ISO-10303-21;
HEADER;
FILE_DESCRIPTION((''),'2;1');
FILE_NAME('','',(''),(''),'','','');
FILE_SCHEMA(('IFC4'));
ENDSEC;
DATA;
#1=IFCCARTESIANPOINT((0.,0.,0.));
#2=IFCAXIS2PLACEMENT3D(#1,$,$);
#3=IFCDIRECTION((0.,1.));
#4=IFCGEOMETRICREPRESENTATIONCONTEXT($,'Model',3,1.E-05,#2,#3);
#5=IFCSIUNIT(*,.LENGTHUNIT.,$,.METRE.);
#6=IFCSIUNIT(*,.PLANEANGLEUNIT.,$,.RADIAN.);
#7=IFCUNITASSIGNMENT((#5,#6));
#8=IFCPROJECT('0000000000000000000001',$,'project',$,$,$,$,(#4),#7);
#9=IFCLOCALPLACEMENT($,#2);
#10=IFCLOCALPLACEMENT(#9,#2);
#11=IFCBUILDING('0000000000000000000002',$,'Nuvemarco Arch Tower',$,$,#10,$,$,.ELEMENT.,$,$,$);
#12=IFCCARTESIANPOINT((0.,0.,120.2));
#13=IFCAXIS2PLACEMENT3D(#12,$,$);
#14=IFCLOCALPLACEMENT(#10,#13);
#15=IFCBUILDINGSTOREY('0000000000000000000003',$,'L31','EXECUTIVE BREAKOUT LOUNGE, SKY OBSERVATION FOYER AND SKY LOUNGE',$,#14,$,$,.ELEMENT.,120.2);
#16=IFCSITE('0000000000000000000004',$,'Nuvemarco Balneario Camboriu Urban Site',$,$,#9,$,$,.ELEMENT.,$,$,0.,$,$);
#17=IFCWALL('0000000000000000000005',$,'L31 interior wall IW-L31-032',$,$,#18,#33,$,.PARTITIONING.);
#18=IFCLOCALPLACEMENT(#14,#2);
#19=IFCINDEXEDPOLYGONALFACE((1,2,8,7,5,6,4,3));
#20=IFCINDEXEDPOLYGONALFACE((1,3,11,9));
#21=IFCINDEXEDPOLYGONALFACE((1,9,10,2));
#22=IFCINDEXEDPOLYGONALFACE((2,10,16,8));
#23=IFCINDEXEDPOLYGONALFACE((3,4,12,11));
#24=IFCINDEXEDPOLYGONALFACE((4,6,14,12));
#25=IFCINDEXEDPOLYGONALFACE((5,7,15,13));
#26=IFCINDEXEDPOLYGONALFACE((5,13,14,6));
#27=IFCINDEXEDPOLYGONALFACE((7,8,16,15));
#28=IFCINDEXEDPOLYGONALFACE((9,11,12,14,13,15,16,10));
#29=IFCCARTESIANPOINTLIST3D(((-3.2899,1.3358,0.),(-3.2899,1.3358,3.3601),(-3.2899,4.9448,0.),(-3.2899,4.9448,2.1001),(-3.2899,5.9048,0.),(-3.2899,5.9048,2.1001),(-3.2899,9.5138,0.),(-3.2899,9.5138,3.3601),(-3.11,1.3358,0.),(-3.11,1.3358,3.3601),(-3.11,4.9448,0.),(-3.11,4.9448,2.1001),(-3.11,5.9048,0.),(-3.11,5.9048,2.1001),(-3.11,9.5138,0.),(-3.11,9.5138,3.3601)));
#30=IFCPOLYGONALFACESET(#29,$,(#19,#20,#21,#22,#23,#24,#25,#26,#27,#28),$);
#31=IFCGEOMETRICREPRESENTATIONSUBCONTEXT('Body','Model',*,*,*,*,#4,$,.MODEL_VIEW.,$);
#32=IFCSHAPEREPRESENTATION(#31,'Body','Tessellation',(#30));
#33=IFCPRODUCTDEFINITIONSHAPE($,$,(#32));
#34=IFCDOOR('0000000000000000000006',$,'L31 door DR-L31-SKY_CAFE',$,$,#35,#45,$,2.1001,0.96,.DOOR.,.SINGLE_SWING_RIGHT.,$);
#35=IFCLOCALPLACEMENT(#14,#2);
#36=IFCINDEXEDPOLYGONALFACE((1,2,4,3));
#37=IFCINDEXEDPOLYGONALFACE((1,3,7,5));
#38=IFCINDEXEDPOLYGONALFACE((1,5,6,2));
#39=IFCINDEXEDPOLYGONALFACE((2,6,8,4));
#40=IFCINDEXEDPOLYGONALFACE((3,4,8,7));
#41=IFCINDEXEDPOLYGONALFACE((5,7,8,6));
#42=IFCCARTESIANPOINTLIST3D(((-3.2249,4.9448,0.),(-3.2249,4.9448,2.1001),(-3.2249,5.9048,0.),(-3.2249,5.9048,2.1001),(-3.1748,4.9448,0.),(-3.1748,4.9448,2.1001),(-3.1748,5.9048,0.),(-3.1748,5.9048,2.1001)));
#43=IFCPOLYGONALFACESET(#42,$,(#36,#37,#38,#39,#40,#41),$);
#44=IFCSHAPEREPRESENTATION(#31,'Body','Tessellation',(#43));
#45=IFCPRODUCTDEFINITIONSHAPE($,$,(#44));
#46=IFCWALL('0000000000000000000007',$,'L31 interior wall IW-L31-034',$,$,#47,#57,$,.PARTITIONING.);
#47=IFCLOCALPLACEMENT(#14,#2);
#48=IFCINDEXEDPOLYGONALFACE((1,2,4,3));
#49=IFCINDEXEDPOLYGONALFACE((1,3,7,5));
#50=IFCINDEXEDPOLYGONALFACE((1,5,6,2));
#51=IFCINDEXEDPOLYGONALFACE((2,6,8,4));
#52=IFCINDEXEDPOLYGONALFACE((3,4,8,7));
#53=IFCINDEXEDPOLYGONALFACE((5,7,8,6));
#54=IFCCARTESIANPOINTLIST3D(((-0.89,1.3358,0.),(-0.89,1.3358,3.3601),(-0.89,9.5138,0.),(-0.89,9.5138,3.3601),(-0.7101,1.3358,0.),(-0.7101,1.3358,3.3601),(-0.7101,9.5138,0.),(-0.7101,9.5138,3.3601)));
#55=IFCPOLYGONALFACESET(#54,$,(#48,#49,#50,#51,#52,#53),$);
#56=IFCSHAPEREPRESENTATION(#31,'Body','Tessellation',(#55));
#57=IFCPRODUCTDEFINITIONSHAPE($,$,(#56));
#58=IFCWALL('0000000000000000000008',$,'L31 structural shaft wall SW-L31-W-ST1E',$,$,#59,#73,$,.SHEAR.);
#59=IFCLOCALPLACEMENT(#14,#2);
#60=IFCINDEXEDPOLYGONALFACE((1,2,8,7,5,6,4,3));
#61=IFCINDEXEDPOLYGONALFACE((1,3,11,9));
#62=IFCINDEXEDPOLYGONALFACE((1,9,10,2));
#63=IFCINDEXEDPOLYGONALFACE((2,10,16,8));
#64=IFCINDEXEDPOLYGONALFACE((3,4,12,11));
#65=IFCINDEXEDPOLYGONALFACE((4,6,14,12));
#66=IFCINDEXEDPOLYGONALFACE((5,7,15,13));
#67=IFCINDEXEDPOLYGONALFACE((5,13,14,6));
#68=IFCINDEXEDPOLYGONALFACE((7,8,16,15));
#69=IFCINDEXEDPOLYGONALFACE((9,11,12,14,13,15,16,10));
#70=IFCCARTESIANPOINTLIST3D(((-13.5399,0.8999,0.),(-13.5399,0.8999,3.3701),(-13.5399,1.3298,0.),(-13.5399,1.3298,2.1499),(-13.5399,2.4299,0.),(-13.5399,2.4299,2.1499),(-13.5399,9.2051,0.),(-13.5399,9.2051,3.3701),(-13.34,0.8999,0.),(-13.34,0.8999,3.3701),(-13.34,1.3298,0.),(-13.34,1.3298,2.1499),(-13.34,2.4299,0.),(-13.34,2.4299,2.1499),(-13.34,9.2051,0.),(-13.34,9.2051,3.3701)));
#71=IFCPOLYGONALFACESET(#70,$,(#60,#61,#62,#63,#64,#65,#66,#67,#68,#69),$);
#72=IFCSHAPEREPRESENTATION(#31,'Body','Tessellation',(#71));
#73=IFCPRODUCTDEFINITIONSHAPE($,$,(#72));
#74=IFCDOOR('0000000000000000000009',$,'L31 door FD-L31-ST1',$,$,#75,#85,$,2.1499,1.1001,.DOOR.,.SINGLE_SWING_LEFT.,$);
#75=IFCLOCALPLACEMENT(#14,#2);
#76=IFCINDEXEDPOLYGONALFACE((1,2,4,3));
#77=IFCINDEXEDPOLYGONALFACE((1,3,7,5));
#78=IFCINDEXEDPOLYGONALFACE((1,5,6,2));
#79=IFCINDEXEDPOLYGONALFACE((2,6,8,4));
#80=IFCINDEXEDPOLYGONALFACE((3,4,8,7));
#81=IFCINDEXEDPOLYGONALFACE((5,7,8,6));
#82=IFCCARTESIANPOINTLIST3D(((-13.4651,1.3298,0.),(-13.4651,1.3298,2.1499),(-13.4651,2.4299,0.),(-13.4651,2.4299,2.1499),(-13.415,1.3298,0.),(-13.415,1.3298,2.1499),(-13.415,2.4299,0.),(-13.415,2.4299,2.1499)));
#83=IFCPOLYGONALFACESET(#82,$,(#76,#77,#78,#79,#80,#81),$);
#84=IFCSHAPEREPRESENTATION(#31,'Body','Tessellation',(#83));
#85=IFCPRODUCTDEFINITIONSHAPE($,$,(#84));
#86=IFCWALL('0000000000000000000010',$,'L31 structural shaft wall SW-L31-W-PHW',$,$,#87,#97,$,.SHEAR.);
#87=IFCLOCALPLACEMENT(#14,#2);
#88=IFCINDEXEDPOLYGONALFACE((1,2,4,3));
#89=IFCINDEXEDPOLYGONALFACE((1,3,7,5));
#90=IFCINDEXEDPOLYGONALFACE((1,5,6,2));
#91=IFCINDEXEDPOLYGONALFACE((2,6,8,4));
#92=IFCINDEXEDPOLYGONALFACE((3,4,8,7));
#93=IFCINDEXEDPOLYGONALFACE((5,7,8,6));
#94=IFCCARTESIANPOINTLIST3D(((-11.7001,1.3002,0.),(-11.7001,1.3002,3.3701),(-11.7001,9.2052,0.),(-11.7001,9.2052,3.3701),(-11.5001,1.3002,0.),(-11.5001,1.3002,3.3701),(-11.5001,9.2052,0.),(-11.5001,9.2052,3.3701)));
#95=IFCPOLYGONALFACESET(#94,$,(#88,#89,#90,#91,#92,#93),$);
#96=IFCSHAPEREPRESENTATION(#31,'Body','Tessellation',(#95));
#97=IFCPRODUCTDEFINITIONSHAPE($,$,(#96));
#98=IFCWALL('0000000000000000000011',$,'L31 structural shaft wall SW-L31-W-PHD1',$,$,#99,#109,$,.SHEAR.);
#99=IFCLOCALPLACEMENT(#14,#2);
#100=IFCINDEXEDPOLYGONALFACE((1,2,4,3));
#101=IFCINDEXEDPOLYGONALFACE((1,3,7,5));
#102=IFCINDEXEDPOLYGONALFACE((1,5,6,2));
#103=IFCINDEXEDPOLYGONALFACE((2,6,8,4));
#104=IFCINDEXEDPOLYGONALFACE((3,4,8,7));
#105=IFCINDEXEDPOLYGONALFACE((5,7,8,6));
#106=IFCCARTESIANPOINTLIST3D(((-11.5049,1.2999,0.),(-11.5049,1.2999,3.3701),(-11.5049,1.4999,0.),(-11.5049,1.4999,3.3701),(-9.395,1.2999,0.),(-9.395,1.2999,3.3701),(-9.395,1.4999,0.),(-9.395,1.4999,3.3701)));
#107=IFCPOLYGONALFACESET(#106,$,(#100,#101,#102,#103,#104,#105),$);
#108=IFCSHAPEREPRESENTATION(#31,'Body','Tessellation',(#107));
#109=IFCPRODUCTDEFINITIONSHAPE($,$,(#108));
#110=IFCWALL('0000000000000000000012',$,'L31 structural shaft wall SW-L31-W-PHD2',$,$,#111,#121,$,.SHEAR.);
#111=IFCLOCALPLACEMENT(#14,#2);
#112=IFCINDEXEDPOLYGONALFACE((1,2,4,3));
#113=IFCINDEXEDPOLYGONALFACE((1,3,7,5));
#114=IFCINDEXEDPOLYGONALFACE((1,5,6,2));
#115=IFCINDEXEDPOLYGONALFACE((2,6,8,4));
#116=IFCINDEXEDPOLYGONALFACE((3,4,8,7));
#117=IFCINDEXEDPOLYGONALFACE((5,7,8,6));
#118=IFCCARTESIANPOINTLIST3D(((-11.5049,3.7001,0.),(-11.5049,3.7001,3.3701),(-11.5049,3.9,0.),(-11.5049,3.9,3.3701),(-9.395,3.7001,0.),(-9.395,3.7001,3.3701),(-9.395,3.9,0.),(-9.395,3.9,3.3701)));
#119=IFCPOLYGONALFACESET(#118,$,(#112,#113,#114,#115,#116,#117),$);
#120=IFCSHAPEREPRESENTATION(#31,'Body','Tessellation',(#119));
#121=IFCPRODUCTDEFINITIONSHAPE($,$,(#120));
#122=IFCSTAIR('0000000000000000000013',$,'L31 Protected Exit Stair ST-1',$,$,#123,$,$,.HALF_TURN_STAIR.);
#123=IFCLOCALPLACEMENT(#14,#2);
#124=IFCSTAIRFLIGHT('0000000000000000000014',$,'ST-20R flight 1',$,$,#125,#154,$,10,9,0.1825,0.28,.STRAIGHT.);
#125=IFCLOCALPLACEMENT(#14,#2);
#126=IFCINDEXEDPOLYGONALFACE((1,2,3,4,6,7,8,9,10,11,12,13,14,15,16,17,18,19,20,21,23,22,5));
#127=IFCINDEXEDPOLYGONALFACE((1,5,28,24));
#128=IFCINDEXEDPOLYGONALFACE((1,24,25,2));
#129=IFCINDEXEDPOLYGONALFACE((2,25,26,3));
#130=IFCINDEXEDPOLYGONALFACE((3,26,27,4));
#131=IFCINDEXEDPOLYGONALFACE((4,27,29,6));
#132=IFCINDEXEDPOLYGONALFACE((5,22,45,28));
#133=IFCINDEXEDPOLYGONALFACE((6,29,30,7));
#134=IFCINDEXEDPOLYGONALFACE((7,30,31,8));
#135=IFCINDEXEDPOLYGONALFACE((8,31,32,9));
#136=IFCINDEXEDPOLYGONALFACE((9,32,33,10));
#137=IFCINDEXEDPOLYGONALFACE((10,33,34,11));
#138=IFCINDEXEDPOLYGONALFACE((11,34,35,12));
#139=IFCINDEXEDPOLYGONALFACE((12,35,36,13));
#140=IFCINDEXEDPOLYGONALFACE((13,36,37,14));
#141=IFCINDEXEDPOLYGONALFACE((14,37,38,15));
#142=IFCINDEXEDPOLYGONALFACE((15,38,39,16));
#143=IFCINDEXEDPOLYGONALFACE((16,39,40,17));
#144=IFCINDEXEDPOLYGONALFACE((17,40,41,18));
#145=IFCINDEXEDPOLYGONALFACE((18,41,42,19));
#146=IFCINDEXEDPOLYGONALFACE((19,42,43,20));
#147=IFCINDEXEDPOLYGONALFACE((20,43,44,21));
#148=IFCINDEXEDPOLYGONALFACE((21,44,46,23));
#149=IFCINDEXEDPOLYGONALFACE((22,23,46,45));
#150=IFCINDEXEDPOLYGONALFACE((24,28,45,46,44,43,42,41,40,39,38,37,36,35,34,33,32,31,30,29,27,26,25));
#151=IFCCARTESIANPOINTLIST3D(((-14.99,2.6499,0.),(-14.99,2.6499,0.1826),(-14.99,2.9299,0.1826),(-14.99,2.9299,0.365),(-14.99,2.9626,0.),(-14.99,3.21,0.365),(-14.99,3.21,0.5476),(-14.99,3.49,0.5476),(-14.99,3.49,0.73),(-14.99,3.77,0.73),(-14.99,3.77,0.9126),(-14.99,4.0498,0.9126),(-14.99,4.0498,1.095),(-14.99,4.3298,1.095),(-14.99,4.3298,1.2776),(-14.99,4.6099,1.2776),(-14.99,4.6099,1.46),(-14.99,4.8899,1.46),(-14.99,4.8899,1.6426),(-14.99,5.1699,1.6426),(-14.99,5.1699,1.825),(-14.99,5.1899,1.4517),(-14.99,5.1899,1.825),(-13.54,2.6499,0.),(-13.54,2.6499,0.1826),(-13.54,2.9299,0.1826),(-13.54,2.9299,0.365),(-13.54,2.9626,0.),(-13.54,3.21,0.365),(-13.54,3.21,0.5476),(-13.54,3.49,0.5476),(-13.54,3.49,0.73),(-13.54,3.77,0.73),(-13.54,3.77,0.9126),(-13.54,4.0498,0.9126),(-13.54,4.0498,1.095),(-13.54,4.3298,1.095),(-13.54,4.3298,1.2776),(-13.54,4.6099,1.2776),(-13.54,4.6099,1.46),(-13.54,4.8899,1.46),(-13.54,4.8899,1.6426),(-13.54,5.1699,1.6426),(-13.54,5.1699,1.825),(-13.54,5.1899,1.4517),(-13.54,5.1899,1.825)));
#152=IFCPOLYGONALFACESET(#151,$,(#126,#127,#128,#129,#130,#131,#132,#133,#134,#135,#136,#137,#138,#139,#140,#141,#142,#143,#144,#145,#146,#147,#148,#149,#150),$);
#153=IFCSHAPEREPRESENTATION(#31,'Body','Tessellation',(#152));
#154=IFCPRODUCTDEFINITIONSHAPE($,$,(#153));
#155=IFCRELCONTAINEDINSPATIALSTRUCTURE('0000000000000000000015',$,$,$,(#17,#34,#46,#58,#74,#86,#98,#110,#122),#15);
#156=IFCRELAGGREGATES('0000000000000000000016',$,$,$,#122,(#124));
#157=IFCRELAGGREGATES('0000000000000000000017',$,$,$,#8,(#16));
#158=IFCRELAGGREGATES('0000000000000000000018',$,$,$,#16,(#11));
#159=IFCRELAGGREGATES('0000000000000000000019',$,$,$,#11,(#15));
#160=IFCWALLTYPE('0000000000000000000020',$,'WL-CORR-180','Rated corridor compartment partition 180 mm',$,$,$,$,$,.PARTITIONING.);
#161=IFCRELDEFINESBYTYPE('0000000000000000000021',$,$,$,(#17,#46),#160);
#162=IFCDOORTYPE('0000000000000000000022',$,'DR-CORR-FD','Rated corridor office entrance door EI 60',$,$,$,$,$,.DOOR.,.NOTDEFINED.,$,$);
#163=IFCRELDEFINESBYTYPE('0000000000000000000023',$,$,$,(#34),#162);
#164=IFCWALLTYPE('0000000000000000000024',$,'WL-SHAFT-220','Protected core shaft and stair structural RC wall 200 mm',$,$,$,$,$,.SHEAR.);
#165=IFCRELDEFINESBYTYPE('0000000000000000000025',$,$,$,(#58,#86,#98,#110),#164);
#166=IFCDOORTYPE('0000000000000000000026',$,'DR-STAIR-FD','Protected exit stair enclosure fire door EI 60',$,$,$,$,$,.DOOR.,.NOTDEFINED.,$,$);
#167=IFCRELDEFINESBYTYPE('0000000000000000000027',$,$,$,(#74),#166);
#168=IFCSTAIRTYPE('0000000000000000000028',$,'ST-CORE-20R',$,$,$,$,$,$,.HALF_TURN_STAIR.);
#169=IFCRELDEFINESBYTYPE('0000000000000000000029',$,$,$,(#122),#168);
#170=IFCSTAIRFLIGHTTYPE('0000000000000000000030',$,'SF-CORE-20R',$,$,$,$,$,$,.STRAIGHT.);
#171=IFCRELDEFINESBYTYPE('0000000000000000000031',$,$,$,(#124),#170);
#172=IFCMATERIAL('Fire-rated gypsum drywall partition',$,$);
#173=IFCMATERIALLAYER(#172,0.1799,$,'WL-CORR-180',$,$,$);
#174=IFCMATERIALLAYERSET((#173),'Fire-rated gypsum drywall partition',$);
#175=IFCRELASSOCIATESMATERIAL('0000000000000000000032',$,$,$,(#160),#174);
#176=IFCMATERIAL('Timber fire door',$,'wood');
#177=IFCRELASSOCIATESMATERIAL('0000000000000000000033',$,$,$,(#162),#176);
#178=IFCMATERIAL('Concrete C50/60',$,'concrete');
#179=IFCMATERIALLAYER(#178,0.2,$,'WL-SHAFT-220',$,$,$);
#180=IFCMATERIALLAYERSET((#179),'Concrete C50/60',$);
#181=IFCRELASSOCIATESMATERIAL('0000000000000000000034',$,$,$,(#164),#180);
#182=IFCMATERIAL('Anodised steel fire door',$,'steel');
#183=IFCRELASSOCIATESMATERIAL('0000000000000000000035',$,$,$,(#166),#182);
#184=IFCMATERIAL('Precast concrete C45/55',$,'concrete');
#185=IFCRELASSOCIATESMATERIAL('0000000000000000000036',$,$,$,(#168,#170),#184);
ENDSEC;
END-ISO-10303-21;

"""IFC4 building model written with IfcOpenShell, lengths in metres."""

from ifc_helpers import new_model, si_unit, direction, frame, frame_2d, origin, place, context, subcontext, project, spatial, polyline, rectangle, outline, extrude, source, transform, mapped, material, layer, layer_set, type_object, type_shapes, element, fill, aggregate, save


model = new_model("IFC4")

# Units and contexts
model_context = context("Model", 3, precision=1e-05, world=origin(), true_north=direction((0.0, 1.0)))
body_context = subcontext(model_context, "Body", "Model", "MODEL_VIEW")
ifc_project = project(units=[si_unit("LENGTHUNIT", "METRE"), si_unit("PLANEANGLEUNIT", "RADIAN")], contexts=[model_context])

# Site, building, storey
site_placement = place(None, origin())
site = spatial("IfcSite", under=ifc_project, at=site_placement, Name="Nuvemarco Balneario Camboriu Urban Site", CompositionType="ELEMENT", RefElevation=0.0)
building_placement = place(site_placement, origin())
building = spatial("IfcBuilding", under=site, at=building_placement, Name="Nuvemarco Arch Tower", CompositionType="ELEMENT")
storey_placement = place(building_placement, frame((0.0, 0.0, 120.2)))
storey = spatial("IfcBuildingStorey", under=building, at=storey_placement, Name="L31", Description="EXECUTIVE BREAKOUT LOUNGE, SKY OBSERVATION FOYER AND SKY LOUNGE", CompositionType="ELEMENT", Elevation=120.2)

# Shared definitions
ifc_material_1 = material(Name="Concrete C50/60", Category="concrete")

# Shared definitions
ifc_material_2 = material(Name="Fire-rated gypsum drywall partition")
ifc_layer_1 = layer(ifc_material_2, 0.1799, Name="WL-CORR-180")
ifc_layer_set_1 = layer_set([ifc_layer_1], Name="Fire-rated gypsum drywall partition")
wall_type_1 = type_object("IfcWallType", Name="WL-CORR-180", Description="Rated corridor compartment partition 180 mm", PredefinedType="PARTITIONING", material=ifc_layer_set_1)

# Wall, opening, door
ifc_material_3 = material(Name="Timber fire door", Category="wood")
door_type_1 = type_object("IfcDoorType", Name="DR-CORR-FD", Description="Rated corridor office entrance door EI 60", OperationType="NOTDEFINED", PredefinedType="DOOR", material=ifc_material_3)
shared_shape_1 = source(origin(), body_context, "Body", "SweptSolid", [
    extrude(rectangle(XDim=0.96, YDim=2.1001, at=frame_2d((0.48, 1.05))), frame((0.0, 0.0249, 0.0), z_axis=(0.0, -1.0, 0.0), x_axis=(1.0, 0.0, 0.0)), (0.0, 0.0, 1.0), 0.05),
])
type_shapes(door_type_1, [shared_shape_1])
wall_1_placement = place(storey_placement, frame((-3.2, 1.3359, 0.0), z_axis=(0.0, 0.0, 1.0), x_axis=(0.0, 1.0, 0.0)))
wall_1 = element("IfcWall", 1, at=wall_1_placement, inside=storey, type_object=wall_type_1, Name="L31 interior wall IW-L31-032", PredefinedType="PARTITIONING", context=body_context, shape_type="SweptSolid", body=[
    extrude(rectangle(XDim=8.178, YDim=0.1799, at=frame_2d((4.0889, 0.0))), origin(), (0.0, 0.0, 1.0), 3.3601),
])
opening_1_placement = place(wall_1_placement, frame((3.6089, 0.0, 0.0)))
opening_1 = element("IfcOpeningElement", 2, at=opening_1_placement, cuts=wall_1, PredefinedType="OPENING", context=body_context, shape_type="SweptSolid", body=[
    extrude(rectangle(XDim=0.96, YDim=2.1001, at=frame_2d((0.48, 1.05))), frame((0.0, 0.0999, 0.0), z_axis=(0.0, -1.0, 0.0), x_axis=(1.0, 0.0, 0.0)), (0.0, 0.0, 1.0), 0.2),
])
door_1_placement = place(opening_1_placement, origin())
door_1 = element("IfcDoor", 3, at=door_1_placement, inside=storey, type_object=door_type_1, Name="L31 door DR-L31-SKY_CAFE", OperationType="SINGLE_SWING_RIGHT", OverallHeight=2.1001, OverallWidth=0.96, PredefinedType="DOOR", context=body_context, shape_type="MappedRepresentation", body=[
    mapped(shared_shape_1, transform((0.0, 0.0, 0.0), scale=1.0)),
])
fill(opening_1, door_1)

# Wall
wall_2_placement = place(storey_placement, frame((-0.8, 1.3359, 0.0), z_axis=(0.0, 0.0, 1.0), x_axis=(0.0, 1.0, 0.0)))
element("IfcWall", 4, at=wall_2_placement, inside=storey, type_object=wall_type_1, Name="L31 interior wall IW-L31-034", PredefinedType="PARTITIONING", context=body_context, shape_type="SweptSolid", body=[
    extrude(rectangle(XDim=8.178, YDim=0.1799, at=frame_2d((4.0889, 0.0))), origin(), (0.0, 0.0, 1.0), 3.3601),
])

# Wall, opening, door
ifc_layer_2 = layer(ifc_material_1, 0.2, Name="WL-SHAFT-220")
ifc_layer_set_2 = layer_set([ifc_layer_2], Name="Concrete C50/60")
wall_type_2 = type_object("IfcWallType", Name="WL-SHAFT-220", Description="Protected core shaft and stair structural RC wall 200 mm", PredefinedType="SHEAR", material=ifc_layer_set_2)
wall_3_placement = place(storey_placement, frame((-13.4399, 0.8999, 0.0), z_axis=(0.0, 0.0, 1.0), x_axis=(0.0, 1.0, 0.0)))
wall_3 = element("IfcWall", 5, at=wall_3_placement, inside=storey, type_object=wall_type_2, Name="L31 structural shaft wall SW-L31-W-ST1E", PredefinedType="SHEAR", context=body_context, shape_type="SweptSolid", body=[
    extrude(rectangle(XDim=8.3052, YDim=0.2, at=frame_2d((4.1526, 0.0))), origin(), (0.0, 0.0, 1.0), 3.3701),
])
opening_2_placement = place(wall_3_placement, frame((1.53, 0.0, 0.0), z_axis=(0.0, 0.0, 1.0), x_axis=(-1.0, 0.0, 0.0)))
opening_2 = element("IfcOpeningElement", 6, at=opening_2_placement, cuts=wall_3, PredefinedType="OPENING", context=body_context, shape_type="SweptSolid", body=[
    extrude(rectangle(XDim=1.1001, YDim=2.1499, at=frame_2d((0.55, 1.075))), frame((0.0, 0.1099, 0.0), z_axis=(0.0, -1.0, 0.0), x_axis=(1.0, 0.0, 0.0)), (0.0, 0.0, 1.0), 0.22),
])
ifc_material_4 = material(Name="Anodised steel fire door", Category="steel")
door_type_2 = type_object("IfcDoorType", Name="DR-STAIR-FD", Description="Protected exit stair enclosure fire door EI 60", OperationType="NOTDEFINED", PredefinedType="DOOR", material=ifc_material_4)
shared_shape_2 = source(origin(), body_context, "Body", "SweptSolid", [
    extrude(rectangle(XDim=1.1001, YDim=2.1499, at=frame_2d((0.55, 1.075))), frame((0.0, 0.0249, 0.0), z_axis=(0.0, -1.0, 0.0), x_axis=(1.0, 0.0, 0.0)), (0.0, 0.0, 1.0), 0.05),
])
type_shapes(door_type_2, [shared_shape_2])
door_2_placement = place(opening_2_placement, origin())
door_2 = element("IfcDoor", 7, at=door_2_placement, inside=storey, type_object=door_type_2, Name="L31 door FD-L31-ST1", OperationType="SINGLE_SWING_LEFT", OverallHeight=2.1499, OverallWidth=1.1001, PredefinedType="DOOR", context=body_context, shape_type="MappedRepresentation", body=[
    mapped(shared_shape_2, transform((0.0, 0.0, 0.0), scale=1.0)),
])
fill(opening_2, door_2)

# Walls
wall_4_placement = place(storey_placement, frame((-11.6001, 1.3, 0.0), z_axis=(0.0, 0.0, 1.0), x_axis=(0.0, 1.0, 0.0)))
element("IfcWall", 8, at=wall_4_placement, inside=storey, type_object=wall_type_2, Name="L31 structural shaft wall SW-L31-W-PHW", PredefinedType="SHEAR", context=body_context, shape_type="SweptSolid", body=[
    extrude(rectangle(XDim=7.905, YDim=0.2, at=frame_2d((3.9526, 0.0))), origin(), (0.0, 0.0, 1.0), 3.3701),
])
for number, where, z_axis, x_axis, name in (
    (9, (-11.5049, 1.3999, 0.0), (0.0, 0.0, 1.0), (1.0, 0.0, 0.0), "L31 structural shaft wall SW-L31-W-PHD1"),
    (10, (-11.5049, 3.8, 0.0), (0.0, 0.0, 1.0), (1.0, 0.0, 0.0), "L31 structural shaft wall SW-L31-W-PHD2"),
):
    element("IfcWall", number, at=place(storey_placement, frame(where, z_axis=z_axis, x_axis=x_axis)), inside=storey, type_object=wall_type_2, Name=name, PredefinedType="SHEAR", context=body_context, shape_type="SweptSolid", body=[
        extrude(rectangle(XDim=2.1099, YDim=0.2, at=frame_2d((1.0549, 0.0))), origin(), (0.0, 0.0, 1.0), 3.3701),
    ])

# Stair, stair flight
ifc_material_5 = material(Name="Precast concrete C45/55", Category="concrete")
stair_type = type_object("IfcStairType", Name="ST-CORE-20R", PredefinedType="HALF_TURN_STAIR", material=ifc_material_5)
stair_placement = place(storey_placement, origin())
stair = element("IfcStair", 11, at=stair_placement, inside=storey, type_object=stair_type, Name="L31 Protected Exit Stair ST-1", PredefinedType="HALF_TURN_STAIR")
stair_flight_type = type_object("IfcStairFlightType", Name="SF-CORE-20R", PredefinedType="STRAIGHT", material=ifc_material_5)
stair_flight_1_placement = place(storey_placement, frame((-14.2649, 2.6499, 0.0), z_axis=(0.0, 0.0, 1.0), x_axis=(0.0, 1.0, 0.0)))
stair_flight_1 = element("IfcStairFlight", 12, at=stair_flight_1_placement, type_object=stair_flight_type, Name="ST-20R flight 1", NumberOfRisers=10, NumberOfTreads=9, PredefinedType="STRAIGHT", RiserHeight=0.1825, TreadLength=0.28, context=body_context, shape_type="SweptSolid", body=[
    extrude(outline(polyline([(0.0, 0.0), (0.0, 0.1826), (0.28, 0.1826), (0.28, 0.365), (0.5601, 0.365), (0.5601, 0.5476), (0.8401, 0.5476), (0.8401, 0.73), (1.1201, 0.73), (1.1201, 0.9126), (1.3999, 0.9126), (1.3999, 1.095), (1.6799, 1.095), (1.6799, 1.2776), (1.96, 1.2776), (1.96, 1.46), (2.24, 1.46), (2.24, 1.6426), (2.52, 1.6426), (2.52, 1.825), (2.54, 1.825), (2.54, 1.4517), (0.3127, 0.0), (0.0, 0.0)])), frame((0.0, 0.7251, 0.0), z_axis=(0.0, -1.0, 0.0), x_axis=(1.0, 0.0, 0.0)), (0.0, 0.0, 1.0), 1.45),
])
aggregate(stair, [stair_flight_1])

save(model, "model.ifc")
